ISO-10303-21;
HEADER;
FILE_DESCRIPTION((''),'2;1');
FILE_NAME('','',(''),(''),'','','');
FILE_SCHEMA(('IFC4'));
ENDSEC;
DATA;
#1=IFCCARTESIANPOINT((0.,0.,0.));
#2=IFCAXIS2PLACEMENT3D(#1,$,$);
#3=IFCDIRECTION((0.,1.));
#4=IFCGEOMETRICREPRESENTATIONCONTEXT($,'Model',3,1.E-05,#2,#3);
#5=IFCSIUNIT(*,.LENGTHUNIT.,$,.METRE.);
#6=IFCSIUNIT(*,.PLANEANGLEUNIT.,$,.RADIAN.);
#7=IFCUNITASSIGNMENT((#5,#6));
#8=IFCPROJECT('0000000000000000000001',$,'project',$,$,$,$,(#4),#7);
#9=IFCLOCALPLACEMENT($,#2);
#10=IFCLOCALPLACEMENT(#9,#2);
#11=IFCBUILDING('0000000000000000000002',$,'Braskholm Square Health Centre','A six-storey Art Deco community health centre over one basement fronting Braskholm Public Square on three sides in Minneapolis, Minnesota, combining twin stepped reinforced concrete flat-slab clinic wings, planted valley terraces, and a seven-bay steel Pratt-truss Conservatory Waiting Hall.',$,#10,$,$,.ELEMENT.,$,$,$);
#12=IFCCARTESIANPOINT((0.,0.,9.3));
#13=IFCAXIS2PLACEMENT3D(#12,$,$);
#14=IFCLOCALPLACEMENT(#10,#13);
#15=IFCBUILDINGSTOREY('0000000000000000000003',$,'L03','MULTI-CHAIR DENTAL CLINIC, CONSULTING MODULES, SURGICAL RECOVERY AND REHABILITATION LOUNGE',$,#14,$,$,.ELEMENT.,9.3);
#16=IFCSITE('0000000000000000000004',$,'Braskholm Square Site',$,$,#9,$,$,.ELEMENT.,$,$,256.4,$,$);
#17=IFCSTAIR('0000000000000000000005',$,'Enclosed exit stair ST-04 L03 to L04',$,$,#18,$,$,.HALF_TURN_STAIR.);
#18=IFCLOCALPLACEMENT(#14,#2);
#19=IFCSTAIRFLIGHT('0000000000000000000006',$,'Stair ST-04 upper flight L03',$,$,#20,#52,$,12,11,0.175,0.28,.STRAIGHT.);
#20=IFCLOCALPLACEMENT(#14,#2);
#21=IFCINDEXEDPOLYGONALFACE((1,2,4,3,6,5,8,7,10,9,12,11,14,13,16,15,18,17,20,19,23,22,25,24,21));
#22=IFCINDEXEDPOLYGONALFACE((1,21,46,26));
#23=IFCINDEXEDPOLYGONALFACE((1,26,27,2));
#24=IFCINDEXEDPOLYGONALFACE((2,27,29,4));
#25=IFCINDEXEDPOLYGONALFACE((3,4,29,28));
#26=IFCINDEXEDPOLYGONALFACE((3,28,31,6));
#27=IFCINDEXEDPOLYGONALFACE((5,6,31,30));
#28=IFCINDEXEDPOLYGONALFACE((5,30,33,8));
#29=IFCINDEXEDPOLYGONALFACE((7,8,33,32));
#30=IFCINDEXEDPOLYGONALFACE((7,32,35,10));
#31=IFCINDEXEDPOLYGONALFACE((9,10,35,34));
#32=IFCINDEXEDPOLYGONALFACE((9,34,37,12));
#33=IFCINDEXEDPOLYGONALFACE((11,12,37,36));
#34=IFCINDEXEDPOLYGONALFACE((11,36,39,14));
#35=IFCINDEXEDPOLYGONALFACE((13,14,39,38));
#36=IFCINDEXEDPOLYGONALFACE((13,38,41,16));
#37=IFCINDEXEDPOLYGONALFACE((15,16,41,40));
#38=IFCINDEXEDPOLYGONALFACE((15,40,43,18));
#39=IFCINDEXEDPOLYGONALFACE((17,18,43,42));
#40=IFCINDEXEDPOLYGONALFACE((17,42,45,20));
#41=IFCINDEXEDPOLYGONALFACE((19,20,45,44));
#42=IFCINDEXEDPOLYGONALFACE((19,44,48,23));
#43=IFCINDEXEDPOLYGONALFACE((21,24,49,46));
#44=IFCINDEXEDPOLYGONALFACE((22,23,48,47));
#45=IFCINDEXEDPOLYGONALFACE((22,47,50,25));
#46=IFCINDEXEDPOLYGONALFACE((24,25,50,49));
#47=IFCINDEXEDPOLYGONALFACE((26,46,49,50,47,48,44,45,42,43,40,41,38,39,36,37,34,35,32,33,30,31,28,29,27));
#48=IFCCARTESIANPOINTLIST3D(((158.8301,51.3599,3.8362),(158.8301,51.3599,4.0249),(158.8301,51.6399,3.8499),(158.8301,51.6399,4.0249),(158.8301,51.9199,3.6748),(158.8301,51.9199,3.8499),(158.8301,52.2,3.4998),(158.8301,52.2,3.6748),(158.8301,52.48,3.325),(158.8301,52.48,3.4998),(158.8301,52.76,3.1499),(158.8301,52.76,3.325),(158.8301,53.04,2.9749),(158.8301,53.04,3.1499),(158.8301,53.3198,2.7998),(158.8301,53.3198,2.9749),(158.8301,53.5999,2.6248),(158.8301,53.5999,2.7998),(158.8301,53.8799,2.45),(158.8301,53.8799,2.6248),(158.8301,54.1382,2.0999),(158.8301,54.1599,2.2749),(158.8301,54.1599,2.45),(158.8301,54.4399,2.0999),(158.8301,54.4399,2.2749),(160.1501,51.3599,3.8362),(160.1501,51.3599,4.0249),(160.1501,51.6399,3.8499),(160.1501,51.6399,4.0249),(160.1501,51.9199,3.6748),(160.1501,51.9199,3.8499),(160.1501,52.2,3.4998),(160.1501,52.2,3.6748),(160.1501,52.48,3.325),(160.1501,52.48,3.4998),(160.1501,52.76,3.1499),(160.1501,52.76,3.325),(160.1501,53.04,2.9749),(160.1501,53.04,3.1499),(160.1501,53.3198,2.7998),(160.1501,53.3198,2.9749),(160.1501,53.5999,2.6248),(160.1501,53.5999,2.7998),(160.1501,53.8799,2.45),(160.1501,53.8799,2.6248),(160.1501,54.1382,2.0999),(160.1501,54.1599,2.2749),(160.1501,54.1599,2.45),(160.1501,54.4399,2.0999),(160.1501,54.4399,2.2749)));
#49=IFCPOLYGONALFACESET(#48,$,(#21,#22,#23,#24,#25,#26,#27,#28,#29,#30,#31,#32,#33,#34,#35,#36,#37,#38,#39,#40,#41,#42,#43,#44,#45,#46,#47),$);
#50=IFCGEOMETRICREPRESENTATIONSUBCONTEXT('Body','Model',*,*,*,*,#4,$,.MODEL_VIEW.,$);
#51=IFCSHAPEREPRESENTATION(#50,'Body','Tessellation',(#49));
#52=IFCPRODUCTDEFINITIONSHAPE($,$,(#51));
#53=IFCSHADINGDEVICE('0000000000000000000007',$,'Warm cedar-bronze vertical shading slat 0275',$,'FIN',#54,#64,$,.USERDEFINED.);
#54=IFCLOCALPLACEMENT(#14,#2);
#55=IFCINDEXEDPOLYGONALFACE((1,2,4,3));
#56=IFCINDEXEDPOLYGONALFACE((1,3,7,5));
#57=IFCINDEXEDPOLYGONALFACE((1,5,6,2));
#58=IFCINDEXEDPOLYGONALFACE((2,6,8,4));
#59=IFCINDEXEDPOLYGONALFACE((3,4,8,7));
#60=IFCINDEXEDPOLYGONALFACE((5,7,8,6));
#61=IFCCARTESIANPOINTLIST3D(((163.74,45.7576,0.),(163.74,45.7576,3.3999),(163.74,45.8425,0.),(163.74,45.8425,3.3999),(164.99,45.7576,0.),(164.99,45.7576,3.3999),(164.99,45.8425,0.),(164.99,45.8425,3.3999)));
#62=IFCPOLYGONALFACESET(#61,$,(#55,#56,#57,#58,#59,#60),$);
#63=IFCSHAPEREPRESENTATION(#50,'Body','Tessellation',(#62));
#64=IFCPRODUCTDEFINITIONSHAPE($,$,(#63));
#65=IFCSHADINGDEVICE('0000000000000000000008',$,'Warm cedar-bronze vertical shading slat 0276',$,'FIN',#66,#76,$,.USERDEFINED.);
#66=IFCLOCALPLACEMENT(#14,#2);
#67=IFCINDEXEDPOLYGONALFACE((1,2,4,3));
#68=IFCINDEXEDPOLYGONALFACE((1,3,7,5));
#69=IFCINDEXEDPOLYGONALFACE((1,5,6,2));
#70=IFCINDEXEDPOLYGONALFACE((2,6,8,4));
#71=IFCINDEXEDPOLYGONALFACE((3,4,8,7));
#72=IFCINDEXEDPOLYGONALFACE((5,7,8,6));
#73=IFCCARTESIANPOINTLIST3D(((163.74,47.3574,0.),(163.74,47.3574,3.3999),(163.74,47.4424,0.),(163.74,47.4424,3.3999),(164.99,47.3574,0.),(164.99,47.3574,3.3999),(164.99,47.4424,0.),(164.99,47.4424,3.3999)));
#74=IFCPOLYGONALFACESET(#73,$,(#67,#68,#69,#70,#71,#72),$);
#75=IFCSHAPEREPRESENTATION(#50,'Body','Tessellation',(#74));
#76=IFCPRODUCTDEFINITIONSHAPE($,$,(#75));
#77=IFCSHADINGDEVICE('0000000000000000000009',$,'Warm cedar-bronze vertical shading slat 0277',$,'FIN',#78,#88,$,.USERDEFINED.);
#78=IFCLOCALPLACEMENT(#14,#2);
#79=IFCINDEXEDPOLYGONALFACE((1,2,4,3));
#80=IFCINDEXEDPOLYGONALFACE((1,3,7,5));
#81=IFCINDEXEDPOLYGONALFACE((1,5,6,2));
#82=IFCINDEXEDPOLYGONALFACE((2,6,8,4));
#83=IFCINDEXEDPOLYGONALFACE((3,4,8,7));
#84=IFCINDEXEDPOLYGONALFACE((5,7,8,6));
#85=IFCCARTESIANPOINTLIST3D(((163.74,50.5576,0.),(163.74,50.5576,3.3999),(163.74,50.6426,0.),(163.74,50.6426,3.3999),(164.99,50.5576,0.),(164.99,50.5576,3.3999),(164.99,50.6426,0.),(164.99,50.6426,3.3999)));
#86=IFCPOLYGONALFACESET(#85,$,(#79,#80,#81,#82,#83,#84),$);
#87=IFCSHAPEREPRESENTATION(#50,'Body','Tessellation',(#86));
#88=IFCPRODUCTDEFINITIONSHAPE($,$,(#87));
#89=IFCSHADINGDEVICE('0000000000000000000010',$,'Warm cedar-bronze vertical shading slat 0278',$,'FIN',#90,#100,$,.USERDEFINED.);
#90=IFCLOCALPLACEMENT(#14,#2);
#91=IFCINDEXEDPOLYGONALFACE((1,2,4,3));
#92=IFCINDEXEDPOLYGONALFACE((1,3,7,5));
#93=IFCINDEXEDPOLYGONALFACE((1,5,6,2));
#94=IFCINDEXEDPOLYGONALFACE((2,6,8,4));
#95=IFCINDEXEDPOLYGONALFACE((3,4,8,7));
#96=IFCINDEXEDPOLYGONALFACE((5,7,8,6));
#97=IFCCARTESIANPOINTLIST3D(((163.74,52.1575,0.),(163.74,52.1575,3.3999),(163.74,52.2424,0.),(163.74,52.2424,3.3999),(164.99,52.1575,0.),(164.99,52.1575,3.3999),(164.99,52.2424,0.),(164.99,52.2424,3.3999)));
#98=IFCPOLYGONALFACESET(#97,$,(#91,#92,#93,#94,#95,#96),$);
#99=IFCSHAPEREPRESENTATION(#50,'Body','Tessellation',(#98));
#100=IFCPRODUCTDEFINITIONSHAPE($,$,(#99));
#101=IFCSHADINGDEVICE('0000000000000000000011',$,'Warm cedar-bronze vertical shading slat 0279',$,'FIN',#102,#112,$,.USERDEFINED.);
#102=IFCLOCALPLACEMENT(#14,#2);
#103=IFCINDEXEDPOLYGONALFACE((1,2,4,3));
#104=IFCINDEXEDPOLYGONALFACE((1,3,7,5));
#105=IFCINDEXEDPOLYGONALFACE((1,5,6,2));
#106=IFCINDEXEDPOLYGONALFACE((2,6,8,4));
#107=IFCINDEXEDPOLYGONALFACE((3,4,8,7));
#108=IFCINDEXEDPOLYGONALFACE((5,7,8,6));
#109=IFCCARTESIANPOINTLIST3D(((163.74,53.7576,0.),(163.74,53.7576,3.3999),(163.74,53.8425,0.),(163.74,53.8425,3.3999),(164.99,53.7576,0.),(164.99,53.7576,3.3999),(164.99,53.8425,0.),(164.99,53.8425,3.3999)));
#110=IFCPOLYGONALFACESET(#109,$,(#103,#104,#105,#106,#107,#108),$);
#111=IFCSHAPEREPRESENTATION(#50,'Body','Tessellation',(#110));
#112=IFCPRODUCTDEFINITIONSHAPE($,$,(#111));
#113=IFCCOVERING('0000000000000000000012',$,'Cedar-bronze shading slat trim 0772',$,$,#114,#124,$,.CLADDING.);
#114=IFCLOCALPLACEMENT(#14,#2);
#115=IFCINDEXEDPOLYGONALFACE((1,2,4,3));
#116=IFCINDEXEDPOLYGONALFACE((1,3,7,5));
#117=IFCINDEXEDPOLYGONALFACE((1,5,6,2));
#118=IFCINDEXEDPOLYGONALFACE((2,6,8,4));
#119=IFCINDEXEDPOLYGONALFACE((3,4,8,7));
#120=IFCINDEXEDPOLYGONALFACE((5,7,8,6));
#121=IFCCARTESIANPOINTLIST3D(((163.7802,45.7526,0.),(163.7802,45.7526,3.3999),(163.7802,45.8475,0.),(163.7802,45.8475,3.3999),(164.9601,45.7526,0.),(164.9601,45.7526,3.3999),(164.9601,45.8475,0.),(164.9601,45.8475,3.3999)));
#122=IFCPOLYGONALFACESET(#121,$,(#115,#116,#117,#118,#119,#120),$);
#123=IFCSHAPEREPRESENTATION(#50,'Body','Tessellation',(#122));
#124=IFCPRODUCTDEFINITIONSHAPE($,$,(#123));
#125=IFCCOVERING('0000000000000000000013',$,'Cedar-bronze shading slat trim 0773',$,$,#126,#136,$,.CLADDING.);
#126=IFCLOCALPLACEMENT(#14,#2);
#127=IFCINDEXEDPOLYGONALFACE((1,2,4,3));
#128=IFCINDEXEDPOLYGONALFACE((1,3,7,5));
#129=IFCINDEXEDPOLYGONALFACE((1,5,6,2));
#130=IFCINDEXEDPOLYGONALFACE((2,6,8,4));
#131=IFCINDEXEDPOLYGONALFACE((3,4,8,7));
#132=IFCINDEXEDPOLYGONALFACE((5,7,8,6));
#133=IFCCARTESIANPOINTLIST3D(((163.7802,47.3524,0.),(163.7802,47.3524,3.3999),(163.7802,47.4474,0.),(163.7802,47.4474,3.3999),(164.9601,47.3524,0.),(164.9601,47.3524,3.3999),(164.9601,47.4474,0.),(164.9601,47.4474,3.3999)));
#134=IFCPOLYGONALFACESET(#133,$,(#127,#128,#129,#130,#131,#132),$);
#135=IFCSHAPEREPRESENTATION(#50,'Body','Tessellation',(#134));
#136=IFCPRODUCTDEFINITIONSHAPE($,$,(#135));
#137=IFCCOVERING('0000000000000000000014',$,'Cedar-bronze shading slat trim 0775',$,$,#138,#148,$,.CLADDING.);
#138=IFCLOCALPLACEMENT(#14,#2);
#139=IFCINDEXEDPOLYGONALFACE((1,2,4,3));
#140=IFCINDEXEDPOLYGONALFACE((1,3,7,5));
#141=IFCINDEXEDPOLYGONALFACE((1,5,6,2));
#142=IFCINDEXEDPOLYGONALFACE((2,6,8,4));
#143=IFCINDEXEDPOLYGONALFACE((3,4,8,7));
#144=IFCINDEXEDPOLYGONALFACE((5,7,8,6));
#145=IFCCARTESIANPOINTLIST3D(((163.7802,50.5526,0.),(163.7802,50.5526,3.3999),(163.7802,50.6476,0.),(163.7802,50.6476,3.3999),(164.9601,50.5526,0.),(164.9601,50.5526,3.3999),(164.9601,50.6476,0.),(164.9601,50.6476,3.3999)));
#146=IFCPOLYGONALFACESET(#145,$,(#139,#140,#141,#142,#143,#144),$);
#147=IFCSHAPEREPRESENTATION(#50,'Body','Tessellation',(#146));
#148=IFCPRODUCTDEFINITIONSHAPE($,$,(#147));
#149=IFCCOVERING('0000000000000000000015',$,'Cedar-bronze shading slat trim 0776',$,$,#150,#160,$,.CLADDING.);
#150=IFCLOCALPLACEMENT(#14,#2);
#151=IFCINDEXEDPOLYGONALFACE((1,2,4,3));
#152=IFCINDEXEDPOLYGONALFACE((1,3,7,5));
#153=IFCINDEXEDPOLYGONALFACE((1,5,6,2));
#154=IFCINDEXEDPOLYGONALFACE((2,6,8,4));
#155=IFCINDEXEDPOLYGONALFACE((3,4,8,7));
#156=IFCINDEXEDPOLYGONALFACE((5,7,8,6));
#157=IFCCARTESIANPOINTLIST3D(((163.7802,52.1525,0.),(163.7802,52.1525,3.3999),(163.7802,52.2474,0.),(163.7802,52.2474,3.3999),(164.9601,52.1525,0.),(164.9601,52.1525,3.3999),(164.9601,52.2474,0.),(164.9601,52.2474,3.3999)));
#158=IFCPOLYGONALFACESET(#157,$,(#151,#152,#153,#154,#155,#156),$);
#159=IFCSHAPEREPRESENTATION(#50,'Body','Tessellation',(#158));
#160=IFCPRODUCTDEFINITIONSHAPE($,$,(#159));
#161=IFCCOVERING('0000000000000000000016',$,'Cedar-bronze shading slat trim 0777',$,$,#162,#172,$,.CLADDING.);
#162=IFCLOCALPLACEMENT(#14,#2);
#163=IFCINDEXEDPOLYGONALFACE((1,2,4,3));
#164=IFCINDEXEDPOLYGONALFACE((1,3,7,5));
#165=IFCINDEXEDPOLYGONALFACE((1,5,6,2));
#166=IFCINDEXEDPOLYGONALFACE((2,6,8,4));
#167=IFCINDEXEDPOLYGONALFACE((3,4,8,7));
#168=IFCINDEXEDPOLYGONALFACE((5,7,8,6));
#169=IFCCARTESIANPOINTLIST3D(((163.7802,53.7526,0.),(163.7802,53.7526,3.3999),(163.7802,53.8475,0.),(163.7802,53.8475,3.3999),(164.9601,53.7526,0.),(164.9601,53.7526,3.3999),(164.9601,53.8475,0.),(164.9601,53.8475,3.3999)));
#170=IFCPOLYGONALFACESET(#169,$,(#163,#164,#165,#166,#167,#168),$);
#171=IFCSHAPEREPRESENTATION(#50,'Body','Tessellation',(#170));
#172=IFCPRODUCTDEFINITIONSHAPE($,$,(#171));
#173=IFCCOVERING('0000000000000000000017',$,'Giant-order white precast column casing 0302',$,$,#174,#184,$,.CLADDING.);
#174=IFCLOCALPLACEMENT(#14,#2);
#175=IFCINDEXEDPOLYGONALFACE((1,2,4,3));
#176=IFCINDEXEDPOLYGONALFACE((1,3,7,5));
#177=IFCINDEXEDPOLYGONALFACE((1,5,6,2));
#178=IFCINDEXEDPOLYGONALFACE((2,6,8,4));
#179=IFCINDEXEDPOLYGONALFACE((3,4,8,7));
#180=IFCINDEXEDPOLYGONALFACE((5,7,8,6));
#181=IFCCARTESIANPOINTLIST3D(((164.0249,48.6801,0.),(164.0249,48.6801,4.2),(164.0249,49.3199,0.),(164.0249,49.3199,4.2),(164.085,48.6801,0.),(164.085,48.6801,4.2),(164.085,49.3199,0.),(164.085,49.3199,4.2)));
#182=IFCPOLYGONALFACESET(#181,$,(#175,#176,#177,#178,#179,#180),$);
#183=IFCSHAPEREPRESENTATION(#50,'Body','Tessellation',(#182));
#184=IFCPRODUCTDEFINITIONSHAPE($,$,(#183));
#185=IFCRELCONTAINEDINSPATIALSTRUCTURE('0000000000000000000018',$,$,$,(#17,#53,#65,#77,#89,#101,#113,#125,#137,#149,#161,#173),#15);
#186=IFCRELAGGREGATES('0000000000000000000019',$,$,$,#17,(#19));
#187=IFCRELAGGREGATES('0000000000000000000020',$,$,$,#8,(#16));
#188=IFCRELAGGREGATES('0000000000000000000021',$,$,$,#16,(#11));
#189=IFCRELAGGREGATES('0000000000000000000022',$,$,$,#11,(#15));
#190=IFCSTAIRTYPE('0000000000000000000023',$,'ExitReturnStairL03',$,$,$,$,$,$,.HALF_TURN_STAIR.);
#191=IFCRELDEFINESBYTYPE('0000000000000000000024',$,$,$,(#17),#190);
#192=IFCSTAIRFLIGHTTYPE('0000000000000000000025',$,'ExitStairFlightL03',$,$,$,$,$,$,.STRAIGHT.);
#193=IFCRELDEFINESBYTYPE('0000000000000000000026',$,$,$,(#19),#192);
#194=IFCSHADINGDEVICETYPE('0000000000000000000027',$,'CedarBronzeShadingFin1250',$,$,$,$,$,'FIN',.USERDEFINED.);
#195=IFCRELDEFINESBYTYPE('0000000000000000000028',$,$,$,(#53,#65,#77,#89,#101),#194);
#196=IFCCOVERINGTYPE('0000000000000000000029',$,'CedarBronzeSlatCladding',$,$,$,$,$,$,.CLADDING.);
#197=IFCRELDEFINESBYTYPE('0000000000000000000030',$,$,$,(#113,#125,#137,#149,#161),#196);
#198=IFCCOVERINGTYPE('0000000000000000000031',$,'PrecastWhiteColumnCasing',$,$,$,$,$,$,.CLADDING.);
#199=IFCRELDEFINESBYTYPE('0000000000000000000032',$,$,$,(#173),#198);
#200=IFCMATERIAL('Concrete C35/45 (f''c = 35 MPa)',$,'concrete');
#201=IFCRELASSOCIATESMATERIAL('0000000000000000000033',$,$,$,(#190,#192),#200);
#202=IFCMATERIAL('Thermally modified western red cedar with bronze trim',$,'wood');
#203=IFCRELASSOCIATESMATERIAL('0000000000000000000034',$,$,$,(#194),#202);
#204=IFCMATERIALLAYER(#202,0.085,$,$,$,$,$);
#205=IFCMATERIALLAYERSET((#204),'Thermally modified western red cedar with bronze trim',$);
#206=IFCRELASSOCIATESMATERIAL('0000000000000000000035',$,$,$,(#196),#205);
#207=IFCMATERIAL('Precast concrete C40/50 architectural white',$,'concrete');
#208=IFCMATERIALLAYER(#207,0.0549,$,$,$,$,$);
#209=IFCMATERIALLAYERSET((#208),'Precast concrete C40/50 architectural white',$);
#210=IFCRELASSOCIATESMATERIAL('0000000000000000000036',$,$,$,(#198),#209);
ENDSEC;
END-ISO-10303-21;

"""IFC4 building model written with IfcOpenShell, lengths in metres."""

from ifc_helpers import new_model, si_unit, direction, frame, origin, origin_2d, place, context, subcontext, project, spatial, polyline, rectangle, outline, extrude, material, layer, layer_set, type_object, element, aggregate, save


model = new_model("IFC4")

# Units and contexts
model_context = context("Model", 3, precision=1e-05, world=origin(), true_north=direction((0.0, 1.0)))
body_context = subcontext(model_context, "Body", "Model", "MODEL_VIEW")
ifc_project = project(units=[si_unit("LENGTHUNIT", "METRE"), si_unit("PLANEANGLEUNIT", "RADIAN")], contexts=[model_context])

# Site, building, storey
site_placement = place(None, origin())
site = spatial("IfcSite", under=ifc_project, at=site_placement, Name="Braskholm Square Site", CompositionType="ELEMENT", RefElevation=256.4)
building_placement = place(site_placement, origin())
building = spatial("IfcBuilding", under=site, at=building_placement, Name="Braskholm Square Health Centre", Description="A six-storey Art Deco community health centre over one basement fronting Braskholm Public Square on three sides in Minneapolis, Minnesota, combining twin stepped reinforced concrete flat-slab clinic wings, planted valley terraces, and a seven-bay steel Pratt-truss Conservatory Waiting Hall.", CompositionType="ELEMENT")
storey_placement = place(building_placement, frame((0.0, 0.0, 9.3)))
storey = spatial("IfcBuildingStorey", under=building, at=storey_placement, Name="L03", Description="MULTI-CHAIR DENTAL CLINIC, CONSULTING MODULES, SURGICAL RECOVERY AND REHABILITATION LOUNGE", CompositionType="ELEMENT", Elevation=9.3)

# Shared definitions
ifc_material_1 = material(Name="Precast concrete C40/50 architectural white", Category="concrete")

# Shared definitions
ifc_material_2 = material(Name="Concrete C35/45 (f'c = 35 MPa)", Category="concrete")

# Stair, stair flight
stair_type = type_object("IfcStairType", Name="ExitReturnStairL03", PredefinedType="HALF_TURN_STAIR", material=ifc_material_2)
stair_placement = place(storey_placement, origin())
stair = element("IfcStair", 1, at=stair_placement, inside=storey, type_object=stair_type, Name="Enclosed exit stair ST-04 L03 to L04", PredefinedType="HALF_TURN_STAIR")
stair_flight_type = type_object("IfcStairFlightType", Name="ExitStairFlightL03", PredefinedType="STRAIGHT", material=ifc_material_2)
stair_flight_1_placement = place(storey_placement, frame((159.49, 54.4399, 2.0999), z_axis=(0.0, 0.0, 1.0), x_axis=(0.0, -1.0, 0.0)))
stair_flight_1 = element("IfcStairFlight", 2, at=stair_flight_1_placement, type_object=stair_flight_type, Name="Stair ST-04 upper flight L03", NumberOfRisers=12, NumberOfTreads=11, PredefinedType="STRAIGHT", RiserHeight=0.175, TreadLength=0.28, context=body_context, shape_type="SweptSolid", body=[
    extrude(outline(polyline([(0.0, 0.0), (0.0, 0.175), (0.28, 0.175), (0.28, 0.3501), (0.5601, 0.3501), (0.5601, 0.5249), (0.8401, 0.5249), (0.8401, 0.7), (1.1201, 0.7), (1.1201, 0.875), (1.3999, 0.875), (1.3999, 1.05), (1.6799, 1.05), (1.6799, 1.2251), (1.96, 1.2251), (1.96, 1.3999), (2.24, 1.3999), (2.24, 1.575), (2.52, 1.575), (2.52, 1.75), (2.8, 1.75), (2.8, 1.925), (3.0801, 1.925), (3.0801, 2.1001), (3.0801, 1.7363), (0.3018, 0.0), (0.0, 0.0)])), frame((0.0, 0.6602, 0.0), z_axis=(0.0, -1.0, 0.0), x_axis=(1.0, 0.0, 0.0)), (0.0, 0.0, 1.0), 1.3201),
])
aggregate(stair, [stair_flight_1])

# Shading devices
ifc_material_3 = material(Name="Thermally modified western red cedar with bronze trim", Category="wood")
shading_device_type = type_object("IfcShadingDeviceType", Name="CedarBronzeShadingFin1250", ElementType="FIN", PredefinedType="USERDEFINED", material=ifc_material_3)
for number, where, z_axis, x_axis, name in (
    (3, (164.365, 45.8, 0.0), (0.0, 0.0, 1.0), (1.0, 0.0, 0.0), "Warm cedar-bronze vertical shading slat 0275"),
    (4, (164.365, 47.3999, 0.0), (0.0, 0.0, 1.0), (1.0, 0.0, 0.0), "Warm cedar-bronze vertical shading slat 0276"),
    (5, (164.365, 50.6001, 0.0), (0.0, 0.0, 1.0), (1.0, 0.0, 0.0), "Warm cedar-bronze vertical shading slat 0277"),
    (6, (164.365, 52.2, 0.0), (0.0, 0.0, 1.0), (1.0, 0.0, 0.0), "Warm cedar-bronze vertical shading slat 0278"),
    (7, (164.365, 53.8, 0.0), (0.0, 0.0, 1.0), (1.0, 0.0, 0.0), "Warm cedar-bronze vertical shading slat 0279"),
):
    element("IfcShadingDevice", number, at=place(storey_placement, frame(where, z_axis=z_axis, x_axis=x_axis)), inside=storey, type_object=shading_device_type, Name=name, ObjectType="FIN", PredefinedType="USERDEFINED", context=body_context, shape_type="SweptSolid", body=[
        extrude(rectangle(XDim=1.25, YDim=0.085, at=origin_2d()), origin(), (0.0, 0.0, 1.0), 3.3999),
    ])

# Coverings
ifc_layer_1 = layer(ifc_material_3, 0.085)
ifc_layer_set_1 = layer_set([ifc_layer_1], Name="Thermally modified western red cedar with bronze trim")
covering_type_1 = type_object("IfcCoveringType", Name="CedarBronzeSlatCladding", PredefinedType="CLADDING", material=ifc_layer_set_1)
for number, where, z_axis, x_axis, name in (
    (8, (164.3701, 45.8, 0.0), (0.0, 0.0, 1.0), (1.0, 0.0, 0.0), "Cedar-bronze shading slat trim 0772"),
    (9, (164.3701, 47.3999, 0.0), (0.0, 0.0, 1.0), (1.0, 0.0, 0.0), "Cedar-bronze shading slat trim 0773"),
    (10, (164.3701, 50.6001, 0.0), (0.0, 0.0, 1.0), (1.0, 0.0, 0.0), "Cedar-bronze shading slat trim 0775"),
    (11, (164.3701, 52.2, 0.0), (0.0, 0.0, 1.0), (1.0, 0.0, 0.0), "Cedar-bronze shading slat trim 0776"),
    (12, (164.3701, 53.8, 0.0), (0.0, 0.0, 1.0), (1.0, 0.0, 0.0), "Cedar-bronze shading slat trim 0777"),
):
    element("IfcCovering", number, at=place(storey_placement, frame(where, z_axis=z_axis, x_axis=x_axis)), inside=storey, type_object=covering_type_1, Name=name, PredefinedType="CLADDING", context=body_context, shape_type="SweptSolid", body=[
        extrude(rectangle(XDim=1.1799, YDim=0.095, at=origin_2d()), origin(), (0.0, 0.0, 1.0), 3.3999),
    ])
ifc_layer_2 = layer(ifc_material_1, 0.0549)
ifc_layer_set_2 = layer_set([ifc_layer_2], Name="Precast concrete C40/50 architectural white")
covering_type_2 = type_object("IfcCoveringType", Name="PrecastWhiteColumnCasing", PredefinedType="CLADDING", material=ifc_layer_set_2)
covering_placement = place(storey_placement, frame((164.0549, 49.0, 0.0), z_axis=(0.0, 0.0, 1.0), x_axis=(1.0, 0.0, 0.0)))
element("IfcCovering", 13, at=covering_placement, inside=storey, type_object=covering_type_2, Name="Giant-order white precast column casing 0302", PredefinedType="CLADDING", context=body_context, shape_type="SweptSolid", body=[
    extrude(rectangle(XDim=0.0601, YDim=0.6399, at=origin_2d()), origin(), (0.0, 0.0, 1.0), 4.2),
])

save(model, "model.ifc")
